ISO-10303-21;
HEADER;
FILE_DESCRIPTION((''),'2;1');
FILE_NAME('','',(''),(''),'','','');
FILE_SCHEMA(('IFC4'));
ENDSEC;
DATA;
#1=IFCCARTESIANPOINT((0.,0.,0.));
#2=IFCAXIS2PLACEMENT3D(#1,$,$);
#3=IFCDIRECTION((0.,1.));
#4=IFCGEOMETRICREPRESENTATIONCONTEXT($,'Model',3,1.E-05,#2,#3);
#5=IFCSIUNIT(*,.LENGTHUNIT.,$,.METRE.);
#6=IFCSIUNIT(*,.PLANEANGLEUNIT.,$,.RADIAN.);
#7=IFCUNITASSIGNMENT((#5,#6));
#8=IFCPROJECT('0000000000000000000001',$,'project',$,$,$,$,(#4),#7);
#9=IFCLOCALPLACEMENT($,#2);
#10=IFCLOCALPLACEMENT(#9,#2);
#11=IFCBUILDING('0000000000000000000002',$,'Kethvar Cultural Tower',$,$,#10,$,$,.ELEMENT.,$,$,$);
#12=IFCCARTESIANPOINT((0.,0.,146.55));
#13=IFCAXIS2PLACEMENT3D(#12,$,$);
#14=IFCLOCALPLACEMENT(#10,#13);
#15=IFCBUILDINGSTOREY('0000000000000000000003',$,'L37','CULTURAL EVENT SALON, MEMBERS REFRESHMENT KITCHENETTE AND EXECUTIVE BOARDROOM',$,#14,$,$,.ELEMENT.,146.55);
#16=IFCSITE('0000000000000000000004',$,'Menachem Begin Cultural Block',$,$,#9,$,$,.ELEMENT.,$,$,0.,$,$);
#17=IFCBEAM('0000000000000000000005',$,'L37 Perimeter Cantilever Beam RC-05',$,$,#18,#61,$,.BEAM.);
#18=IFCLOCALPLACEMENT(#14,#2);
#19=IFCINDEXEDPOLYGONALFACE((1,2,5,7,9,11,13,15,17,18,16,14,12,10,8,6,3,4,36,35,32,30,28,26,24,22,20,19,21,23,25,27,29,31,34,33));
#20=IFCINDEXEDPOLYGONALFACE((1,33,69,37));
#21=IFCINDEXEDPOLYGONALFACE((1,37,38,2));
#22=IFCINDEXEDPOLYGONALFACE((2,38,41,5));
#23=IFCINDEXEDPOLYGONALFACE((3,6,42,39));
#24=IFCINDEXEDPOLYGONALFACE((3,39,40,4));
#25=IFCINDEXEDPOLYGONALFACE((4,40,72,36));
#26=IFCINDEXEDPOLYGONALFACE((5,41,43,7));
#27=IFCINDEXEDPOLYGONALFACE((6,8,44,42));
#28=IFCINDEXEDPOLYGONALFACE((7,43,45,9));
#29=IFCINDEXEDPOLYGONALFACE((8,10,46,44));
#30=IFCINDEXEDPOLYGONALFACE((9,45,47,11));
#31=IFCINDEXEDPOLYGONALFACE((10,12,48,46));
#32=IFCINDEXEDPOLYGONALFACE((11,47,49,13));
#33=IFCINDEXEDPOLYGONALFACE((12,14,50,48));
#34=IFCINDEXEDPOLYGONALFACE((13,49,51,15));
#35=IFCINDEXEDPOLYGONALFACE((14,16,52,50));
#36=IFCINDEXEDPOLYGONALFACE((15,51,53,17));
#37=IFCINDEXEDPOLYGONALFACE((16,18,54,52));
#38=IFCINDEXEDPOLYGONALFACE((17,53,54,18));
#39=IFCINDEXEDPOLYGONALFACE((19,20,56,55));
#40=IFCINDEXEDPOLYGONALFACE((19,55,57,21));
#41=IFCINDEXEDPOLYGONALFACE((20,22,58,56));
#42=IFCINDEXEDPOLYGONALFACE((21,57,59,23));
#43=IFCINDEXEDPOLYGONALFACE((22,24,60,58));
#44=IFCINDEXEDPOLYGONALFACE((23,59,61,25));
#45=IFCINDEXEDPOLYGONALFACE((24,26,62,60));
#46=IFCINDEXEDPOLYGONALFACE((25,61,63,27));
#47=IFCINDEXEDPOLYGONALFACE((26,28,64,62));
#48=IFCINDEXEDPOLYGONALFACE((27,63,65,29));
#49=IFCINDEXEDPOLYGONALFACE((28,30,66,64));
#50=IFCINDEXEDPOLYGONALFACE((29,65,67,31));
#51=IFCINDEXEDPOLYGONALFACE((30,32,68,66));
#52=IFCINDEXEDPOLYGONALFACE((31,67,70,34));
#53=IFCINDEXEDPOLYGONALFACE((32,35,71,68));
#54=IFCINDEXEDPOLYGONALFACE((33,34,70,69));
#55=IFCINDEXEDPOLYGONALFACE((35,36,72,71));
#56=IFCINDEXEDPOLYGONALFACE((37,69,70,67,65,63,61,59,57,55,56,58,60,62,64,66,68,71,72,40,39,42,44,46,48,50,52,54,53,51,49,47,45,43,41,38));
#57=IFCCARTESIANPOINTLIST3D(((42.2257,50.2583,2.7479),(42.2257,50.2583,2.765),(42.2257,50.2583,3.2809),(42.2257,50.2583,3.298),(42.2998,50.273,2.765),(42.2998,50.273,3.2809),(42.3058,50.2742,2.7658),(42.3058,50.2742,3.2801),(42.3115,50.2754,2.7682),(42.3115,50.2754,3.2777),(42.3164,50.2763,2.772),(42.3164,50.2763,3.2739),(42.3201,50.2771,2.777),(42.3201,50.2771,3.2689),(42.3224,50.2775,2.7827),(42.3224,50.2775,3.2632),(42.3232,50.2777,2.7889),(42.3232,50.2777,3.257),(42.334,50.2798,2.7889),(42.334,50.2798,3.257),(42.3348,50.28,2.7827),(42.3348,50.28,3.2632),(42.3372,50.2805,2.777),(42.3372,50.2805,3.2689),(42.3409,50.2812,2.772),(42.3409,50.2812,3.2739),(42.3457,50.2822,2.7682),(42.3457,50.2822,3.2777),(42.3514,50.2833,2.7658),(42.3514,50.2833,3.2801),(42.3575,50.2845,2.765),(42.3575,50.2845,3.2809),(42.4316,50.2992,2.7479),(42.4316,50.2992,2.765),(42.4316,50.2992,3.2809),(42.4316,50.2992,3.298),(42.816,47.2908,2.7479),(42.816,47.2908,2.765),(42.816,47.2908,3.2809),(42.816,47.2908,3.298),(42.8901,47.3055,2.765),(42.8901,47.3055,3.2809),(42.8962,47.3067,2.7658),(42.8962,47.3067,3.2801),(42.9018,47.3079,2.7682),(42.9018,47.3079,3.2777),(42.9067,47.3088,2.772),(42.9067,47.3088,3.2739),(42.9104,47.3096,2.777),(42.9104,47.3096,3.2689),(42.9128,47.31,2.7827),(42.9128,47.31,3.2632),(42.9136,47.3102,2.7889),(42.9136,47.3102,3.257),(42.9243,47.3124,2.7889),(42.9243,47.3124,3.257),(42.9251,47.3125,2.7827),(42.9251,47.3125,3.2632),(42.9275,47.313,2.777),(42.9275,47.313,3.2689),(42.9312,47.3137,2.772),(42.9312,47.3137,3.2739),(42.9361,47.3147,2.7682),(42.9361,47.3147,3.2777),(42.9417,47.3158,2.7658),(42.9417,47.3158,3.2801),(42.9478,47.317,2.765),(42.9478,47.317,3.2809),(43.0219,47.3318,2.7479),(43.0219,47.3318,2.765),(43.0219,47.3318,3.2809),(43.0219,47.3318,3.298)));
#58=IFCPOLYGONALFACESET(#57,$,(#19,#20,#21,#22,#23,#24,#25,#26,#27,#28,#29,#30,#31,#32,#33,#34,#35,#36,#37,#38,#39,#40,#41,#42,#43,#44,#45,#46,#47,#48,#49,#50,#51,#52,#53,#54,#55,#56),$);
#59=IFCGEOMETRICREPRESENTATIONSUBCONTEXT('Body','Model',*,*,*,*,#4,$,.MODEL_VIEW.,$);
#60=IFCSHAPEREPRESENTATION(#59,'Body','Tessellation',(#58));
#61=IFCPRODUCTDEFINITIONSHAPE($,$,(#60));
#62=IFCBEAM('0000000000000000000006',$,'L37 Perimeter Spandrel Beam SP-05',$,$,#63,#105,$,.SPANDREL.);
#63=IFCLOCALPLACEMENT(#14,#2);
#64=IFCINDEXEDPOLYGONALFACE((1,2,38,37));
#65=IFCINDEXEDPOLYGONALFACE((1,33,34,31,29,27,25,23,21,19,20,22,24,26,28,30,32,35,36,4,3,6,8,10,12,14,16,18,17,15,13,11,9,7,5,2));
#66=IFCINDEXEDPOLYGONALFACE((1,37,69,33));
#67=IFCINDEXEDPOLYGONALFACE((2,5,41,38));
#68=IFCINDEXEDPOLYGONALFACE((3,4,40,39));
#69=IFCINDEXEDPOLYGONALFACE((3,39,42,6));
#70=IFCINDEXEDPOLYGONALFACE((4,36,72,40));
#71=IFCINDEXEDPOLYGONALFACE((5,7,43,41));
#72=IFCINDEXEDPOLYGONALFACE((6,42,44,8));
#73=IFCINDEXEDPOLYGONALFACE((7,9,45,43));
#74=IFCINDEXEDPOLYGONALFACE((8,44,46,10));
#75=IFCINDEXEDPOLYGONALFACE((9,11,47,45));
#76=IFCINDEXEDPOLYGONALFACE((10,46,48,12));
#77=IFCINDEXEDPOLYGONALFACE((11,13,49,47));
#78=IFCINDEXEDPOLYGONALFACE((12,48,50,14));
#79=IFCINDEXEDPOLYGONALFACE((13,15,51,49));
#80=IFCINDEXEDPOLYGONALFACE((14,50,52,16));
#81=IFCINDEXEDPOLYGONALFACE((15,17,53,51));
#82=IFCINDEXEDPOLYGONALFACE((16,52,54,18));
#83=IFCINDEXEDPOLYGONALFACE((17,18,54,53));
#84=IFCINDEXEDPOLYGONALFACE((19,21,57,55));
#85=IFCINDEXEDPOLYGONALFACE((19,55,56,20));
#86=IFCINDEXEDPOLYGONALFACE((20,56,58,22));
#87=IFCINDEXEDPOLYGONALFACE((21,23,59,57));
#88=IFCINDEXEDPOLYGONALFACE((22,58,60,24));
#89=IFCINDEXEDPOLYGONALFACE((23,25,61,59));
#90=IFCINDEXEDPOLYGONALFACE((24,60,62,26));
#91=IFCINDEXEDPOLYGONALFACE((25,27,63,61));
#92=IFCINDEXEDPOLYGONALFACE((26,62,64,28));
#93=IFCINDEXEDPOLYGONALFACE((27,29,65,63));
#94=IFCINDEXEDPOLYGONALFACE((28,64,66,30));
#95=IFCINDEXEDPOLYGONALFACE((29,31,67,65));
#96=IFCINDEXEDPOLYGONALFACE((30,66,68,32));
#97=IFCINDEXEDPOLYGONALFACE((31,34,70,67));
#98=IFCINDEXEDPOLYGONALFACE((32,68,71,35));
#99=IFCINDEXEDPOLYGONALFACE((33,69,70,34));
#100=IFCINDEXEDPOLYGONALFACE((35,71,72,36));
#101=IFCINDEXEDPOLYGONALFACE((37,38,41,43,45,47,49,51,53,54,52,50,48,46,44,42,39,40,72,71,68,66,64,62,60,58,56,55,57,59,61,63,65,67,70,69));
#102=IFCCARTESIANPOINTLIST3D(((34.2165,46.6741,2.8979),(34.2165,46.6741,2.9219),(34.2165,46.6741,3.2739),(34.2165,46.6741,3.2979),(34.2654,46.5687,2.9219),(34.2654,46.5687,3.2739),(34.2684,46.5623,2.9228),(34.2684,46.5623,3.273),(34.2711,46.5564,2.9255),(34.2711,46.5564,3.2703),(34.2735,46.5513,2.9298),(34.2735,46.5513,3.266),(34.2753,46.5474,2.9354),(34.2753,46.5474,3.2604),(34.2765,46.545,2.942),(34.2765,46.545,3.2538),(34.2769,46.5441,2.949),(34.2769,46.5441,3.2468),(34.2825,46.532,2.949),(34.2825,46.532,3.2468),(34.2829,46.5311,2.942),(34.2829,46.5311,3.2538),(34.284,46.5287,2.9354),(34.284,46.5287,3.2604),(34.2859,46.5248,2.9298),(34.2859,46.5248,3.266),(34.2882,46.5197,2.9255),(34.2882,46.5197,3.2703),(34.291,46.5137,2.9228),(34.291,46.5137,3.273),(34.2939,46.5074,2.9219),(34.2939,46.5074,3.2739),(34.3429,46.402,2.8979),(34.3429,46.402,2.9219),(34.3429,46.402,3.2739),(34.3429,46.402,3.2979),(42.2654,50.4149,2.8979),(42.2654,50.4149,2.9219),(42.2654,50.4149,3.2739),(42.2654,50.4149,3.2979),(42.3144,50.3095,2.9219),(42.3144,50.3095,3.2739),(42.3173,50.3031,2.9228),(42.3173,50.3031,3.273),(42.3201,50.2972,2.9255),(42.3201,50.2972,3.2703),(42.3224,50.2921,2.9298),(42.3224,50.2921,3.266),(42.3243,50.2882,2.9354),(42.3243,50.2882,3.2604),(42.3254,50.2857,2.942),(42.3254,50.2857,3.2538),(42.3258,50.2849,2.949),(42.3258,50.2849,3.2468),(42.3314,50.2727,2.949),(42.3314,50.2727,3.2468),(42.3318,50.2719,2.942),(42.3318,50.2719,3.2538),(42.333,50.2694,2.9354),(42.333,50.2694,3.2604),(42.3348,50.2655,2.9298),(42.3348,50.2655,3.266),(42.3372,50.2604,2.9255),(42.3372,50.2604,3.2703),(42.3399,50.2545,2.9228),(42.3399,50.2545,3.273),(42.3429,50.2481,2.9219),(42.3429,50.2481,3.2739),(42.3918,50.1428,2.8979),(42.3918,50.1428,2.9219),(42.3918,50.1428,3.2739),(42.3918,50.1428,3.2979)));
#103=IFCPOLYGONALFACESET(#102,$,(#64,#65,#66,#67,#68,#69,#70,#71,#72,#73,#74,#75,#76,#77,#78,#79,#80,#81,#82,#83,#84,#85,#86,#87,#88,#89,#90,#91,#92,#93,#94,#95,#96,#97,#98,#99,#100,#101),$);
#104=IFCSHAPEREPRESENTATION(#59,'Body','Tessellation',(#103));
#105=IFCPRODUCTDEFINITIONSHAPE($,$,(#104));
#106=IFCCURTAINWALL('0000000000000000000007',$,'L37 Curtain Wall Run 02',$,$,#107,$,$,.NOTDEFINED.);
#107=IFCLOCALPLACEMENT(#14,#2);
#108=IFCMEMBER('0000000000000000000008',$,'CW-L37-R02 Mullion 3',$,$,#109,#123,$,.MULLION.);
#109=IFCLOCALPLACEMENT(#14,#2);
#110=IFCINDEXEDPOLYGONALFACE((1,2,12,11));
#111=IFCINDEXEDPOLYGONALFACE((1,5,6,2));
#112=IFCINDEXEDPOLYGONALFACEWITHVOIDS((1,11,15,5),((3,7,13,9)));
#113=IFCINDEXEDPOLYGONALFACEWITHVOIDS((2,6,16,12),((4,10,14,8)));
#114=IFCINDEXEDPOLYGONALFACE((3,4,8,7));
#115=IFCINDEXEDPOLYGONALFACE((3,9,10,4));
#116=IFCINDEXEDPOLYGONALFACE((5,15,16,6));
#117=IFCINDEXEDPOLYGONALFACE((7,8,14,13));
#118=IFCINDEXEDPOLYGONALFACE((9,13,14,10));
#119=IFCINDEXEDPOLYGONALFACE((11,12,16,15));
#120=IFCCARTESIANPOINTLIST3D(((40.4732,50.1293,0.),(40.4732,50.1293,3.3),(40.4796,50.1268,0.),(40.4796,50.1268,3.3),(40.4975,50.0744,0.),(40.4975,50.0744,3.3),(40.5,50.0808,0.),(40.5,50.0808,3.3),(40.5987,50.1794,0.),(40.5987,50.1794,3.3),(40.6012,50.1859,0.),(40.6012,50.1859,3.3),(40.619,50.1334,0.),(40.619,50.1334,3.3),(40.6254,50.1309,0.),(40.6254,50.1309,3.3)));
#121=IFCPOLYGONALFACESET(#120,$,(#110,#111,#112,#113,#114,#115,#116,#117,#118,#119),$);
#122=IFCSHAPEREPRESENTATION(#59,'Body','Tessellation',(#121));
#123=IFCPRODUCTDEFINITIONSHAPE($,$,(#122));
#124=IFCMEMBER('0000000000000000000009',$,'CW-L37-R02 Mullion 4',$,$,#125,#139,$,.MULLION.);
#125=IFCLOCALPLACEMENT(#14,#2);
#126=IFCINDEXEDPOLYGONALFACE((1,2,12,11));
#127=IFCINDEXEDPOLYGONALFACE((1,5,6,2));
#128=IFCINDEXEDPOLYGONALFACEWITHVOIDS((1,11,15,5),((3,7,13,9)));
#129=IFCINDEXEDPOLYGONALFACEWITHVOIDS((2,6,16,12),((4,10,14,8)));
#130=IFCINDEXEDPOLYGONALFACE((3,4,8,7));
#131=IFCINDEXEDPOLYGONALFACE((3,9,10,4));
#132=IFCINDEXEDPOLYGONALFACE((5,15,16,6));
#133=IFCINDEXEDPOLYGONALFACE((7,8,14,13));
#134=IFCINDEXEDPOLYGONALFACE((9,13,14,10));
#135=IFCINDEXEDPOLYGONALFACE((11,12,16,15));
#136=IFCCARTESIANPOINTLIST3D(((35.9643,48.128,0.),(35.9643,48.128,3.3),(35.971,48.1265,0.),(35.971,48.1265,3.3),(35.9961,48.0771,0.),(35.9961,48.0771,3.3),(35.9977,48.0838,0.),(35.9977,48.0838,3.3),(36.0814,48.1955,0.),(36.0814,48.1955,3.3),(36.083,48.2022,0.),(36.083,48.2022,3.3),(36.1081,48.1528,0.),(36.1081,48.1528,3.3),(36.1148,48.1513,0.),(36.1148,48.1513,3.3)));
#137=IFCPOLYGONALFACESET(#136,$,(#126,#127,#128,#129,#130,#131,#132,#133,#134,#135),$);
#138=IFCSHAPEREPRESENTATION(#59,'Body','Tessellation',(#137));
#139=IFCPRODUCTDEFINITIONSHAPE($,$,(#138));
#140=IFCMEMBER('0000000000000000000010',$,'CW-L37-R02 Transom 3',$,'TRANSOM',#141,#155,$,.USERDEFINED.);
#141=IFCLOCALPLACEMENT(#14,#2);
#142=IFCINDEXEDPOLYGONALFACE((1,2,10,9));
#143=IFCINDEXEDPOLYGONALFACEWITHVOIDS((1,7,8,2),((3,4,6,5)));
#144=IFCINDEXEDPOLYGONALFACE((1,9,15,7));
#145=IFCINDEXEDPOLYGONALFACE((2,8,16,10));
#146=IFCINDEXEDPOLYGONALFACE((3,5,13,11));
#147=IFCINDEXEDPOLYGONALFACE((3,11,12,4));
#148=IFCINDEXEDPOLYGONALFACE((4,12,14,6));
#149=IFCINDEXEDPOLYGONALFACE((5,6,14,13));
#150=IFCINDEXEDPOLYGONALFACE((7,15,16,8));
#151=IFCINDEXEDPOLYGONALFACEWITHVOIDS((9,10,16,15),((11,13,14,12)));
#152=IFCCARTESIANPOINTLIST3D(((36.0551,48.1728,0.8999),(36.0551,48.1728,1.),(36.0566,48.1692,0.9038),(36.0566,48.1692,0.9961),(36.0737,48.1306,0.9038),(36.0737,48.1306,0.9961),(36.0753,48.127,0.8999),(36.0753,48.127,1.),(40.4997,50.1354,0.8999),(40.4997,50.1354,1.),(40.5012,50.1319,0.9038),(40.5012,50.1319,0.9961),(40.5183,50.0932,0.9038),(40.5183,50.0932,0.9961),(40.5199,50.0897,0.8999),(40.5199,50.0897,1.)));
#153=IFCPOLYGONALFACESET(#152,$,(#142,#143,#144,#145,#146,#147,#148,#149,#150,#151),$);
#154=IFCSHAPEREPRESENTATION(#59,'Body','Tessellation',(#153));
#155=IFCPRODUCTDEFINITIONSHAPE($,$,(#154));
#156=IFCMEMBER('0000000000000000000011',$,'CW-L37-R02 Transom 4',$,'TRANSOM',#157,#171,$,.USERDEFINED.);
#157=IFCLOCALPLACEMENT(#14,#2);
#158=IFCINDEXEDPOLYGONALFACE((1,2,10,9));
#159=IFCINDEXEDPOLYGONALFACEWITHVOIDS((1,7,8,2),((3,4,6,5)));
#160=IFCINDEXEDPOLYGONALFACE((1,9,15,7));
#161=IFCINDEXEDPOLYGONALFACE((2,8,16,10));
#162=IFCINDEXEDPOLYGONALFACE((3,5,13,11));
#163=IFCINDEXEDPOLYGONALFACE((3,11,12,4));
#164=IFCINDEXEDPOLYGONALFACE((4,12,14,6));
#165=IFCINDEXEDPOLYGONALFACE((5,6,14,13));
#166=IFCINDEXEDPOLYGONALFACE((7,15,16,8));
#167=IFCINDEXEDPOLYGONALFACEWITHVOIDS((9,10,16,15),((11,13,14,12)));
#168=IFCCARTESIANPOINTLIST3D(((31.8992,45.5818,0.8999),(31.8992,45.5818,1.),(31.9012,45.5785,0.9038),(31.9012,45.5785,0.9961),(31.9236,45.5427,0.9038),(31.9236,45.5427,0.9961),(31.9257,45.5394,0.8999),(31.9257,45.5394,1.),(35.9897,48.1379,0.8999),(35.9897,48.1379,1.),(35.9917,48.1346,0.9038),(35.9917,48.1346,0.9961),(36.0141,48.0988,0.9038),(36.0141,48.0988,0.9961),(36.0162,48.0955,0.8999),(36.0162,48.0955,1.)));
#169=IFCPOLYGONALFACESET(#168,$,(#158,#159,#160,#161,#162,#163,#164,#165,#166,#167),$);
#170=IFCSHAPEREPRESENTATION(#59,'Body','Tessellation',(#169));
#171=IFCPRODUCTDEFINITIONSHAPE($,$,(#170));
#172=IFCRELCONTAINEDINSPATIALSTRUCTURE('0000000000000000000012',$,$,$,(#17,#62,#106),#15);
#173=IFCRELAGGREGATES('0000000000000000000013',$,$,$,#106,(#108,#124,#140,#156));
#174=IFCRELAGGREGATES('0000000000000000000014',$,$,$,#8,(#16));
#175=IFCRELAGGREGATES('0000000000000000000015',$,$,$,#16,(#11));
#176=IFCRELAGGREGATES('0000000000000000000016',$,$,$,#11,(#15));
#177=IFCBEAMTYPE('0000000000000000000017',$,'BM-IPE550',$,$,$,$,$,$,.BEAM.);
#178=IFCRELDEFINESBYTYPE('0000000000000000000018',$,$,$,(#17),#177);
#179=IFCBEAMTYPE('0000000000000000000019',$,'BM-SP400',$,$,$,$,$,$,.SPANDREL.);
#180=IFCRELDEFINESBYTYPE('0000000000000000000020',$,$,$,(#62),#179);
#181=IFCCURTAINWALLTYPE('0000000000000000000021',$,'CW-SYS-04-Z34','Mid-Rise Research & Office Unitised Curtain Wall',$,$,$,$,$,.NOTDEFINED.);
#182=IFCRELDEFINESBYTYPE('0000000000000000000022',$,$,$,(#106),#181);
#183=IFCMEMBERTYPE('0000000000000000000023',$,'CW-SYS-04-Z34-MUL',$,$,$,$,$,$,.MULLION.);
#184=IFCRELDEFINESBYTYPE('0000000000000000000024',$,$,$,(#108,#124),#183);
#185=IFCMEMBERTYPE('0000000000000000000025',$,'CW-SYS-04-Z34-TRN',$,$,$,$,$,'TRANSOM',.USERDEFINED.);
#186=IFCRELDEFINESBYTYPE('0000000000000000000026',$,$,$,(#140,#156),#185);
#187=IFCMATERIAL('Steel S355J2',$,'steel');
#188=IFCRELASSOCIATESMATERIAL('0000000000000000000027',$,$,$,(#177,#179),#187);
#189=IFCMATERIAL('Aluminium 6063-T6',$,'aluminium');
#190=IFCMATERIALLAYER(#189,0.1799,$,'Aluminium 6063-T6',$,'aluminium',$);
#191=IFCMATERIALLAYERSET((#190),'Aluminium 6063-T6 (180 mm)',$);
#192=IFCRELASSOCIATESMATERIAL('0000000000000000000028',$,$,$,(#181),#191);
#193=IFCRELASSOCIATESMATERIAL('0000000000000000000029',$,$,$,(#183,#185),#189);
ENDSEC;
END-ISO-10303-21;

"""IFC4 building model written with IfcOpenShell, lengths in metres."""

from ifc_helpers import new_model, si_unit, direction, frame, origin, origin_2d, place, context, subcontext, project, spatial, hollow_rectangle, i_section, extrude, source, transform, mapped, material, layer, layer_set, material_profile, profile_set, type_object, element, aggregate, save


model = new_model("IFC4")

# Units and contexts
model_context = context("Model", 3, precision=1e-05, world=origin(), true_north=direction((0.0, 1.0)))
body_context = subcontext(model_context, "Body", "Model", "MODEL_VIEW")
ifc_project = project(units=[si_unit("LENGTHUNIT", "METRE"), si_unit("PLANEANGLEUNIT", "RADIAN")], contexts=[model_context])

# Site, building, storey
site_placement = place(None, origin())
site = spatial("IfcSite", under=ifc_project, at=site_placement, Name="Menachem Begin Cultural Block", CompositionType="ELEMENT", RefElevation=0.0)
building_placement = place(site_placement, origin())
building = spatial("IfcBuilding", under=site, at=building_placement, Name="Kethvar Cultural Tower", CompositionType="ELEMENT")
storey_placement = place(building_placement, frame((0.0, 0.0, 146.55)))
storey = spatial("IfcBuildingStorey", under=building, at=storey_placement, Name="L37", Description="CULTURAL EVENT SALON, MEMBERS REFRESHMENT KITCHENETTE AND EXECUTIVE BOARDROOM", CompositionType="ELEMENT", Elevation=146.55)

# Beams
ifc_material_1 = material(Name="Steel S355J2", Category="steel")
ifc_material_profile_1 = material_profile(ifc_material_1, i_section(OverallWidth=0.21, OverallDepth=0.55, WebThickness=0.011, FlangeThickness=0.0171, FilletRadius=0.0239, at=origin_2d()), Name="Steel S355J2 — IPE550")
ifc_profile_set_1 = profile_set([ifc_material_profile_1], Name="Steel S355J2 — IPE550")
beam_type_1 = type_object("IfcBeamType", Name="BM-IPE550", PredefinedType="BEAM", material=ifc_profile_set_1)
shared_shape_1 = source(origin(), body_context, "Body", "SweptSolid", [
    extrude(i_section(OverallWidth=0.21, OverallDepth=0.55, WebThickness=0.011, FlangeThickness=0.0171, FilletRadius=0.0239, at=origin_2d()), origin(), (0.0, 0.0, 1.0), 3.0256),
])
beam_1_placement = place(storey_placement, frame((42.9189, 47.3113, 3.0229), z_axis=(-0.195107, 0.980782, 0.0), x_axis=(-0.980782, -0.195107, 0.0)))
element("IfcBeam", 1, at=beam_1_placement, inside=storey, type_object=beam_type_1, Name="L37 Perimeter Cantilever Beam RC-05", PredefinedType="BEAM", context=body_context, shape_type="MappedRepresentation", body=[
    mapped(shared_shape_1, transform((0.0, 0.0, 0.0), scale=1.0)),
])
ifc_material_profile_2 = material_profile(ifc_material_1, i_section(OverallWidth=0.3, OverallDepth=0.3999, WebThickness=0.0134, FlangeThickness=0.0239, FilletRadius=0.0271, at=origin_2d()), Name="Steel S355J2 — HEB400")
ifc_profile_set_2 = profile_set([ifc_material_profile_2], Name="Steel S355J2 — HEB400")
beam_type_2 = type_object("IfcBeamType", Name="BM-SP400", PredefinedType="SPANDREL", material=ifc_profile_set_2)
shared_shape_2 = source(origin(), body_context, "Body", "SweptSolid", [
    extrude(i_section(OverallWidth=0.3, OverallDepth=0.3999, WebThickness=0.0134, FlangeThickness=0.0239, FilletRadius=0.0271, at=origin_2d()), origin(), (0.0, 0.0, 1.0), 8.8757),
])
beam_2_placement = place(storey_placement, frame((42.3286, 50.2788, 3.0979), z_axis=(-0.906847, -0.42146, 0.0), x_axis=(0.42146, -0.906847, 0.0)))
element("IfcBeam", 2, at=beam_2_placement, inside=storey, type_object=beam_type_2, Name="L37 Perimeter Spandrel Beam SP-05", PredefinedType="SPANDREL", context=body_context, shape_type="MappedRepresentation", body=[
    mapped(shared_shape_2, transform((0.0, 0.0, 0.0), scale=1.0)),
])

# Curtain wall, members
ifc_material_2 = material(Name="Aluminium 6063-T6", Category="aluminium")
ifc_layer_1 = layer(ifc_material_2, 0.1799, Name="Aluminium 6063-T6", Category="aluminium")
ifc_layer_set_1 = layer_set([ifc_layer_1], Name="Aluminium 6063-T6 (180 mm)")
curtain_wall_type = type_object("IfcCurtainWallType", Name="CW-SYS-04-Z34", Description="Mid-Rise Research & Office Unitised Curtain Wall", PredefinedType="NOTDEFINED", material=ifc_layer_set_1)
curtain_wall_placement = place(storey_placement, origin())
curtain_wall = element("IfcCurtainWall", 3, at=curtain_wall_placement, inside=storey, type_object=curtain_wall_type, Name="L37 Curtain Wall Run 02", PredefinedType="NOTDEFINED")
ifc_material_profile_3 = material_profile(ifc_material_2, hollow_rectangle(XDim=0.0601, YDim=0.1399, WallThickness=0.0049, at=origin_2d()), Name="Aluminium 6063-T6 — RHS140x60x5")
ifc_profile_set_3 = profile_set([ifc_material_profile_3], Name="Aluminium 6063-T6 — RHS140x60x5")
member_type_1 = type_object("IfcMemberType", Name="CW-SYS-04-Z34-MUL", PredefinedType="MULLION", material=ifc_profile_set_3)
shared_shape_3 = source(origin(), body_context, "Body", "SweptSolid", [
    extrude(hollow_rectangle(XDim=0.0601, YDim=0.1399, WallThickness=0.0049, at=origin_2d()), origin(), (0.0, 0.0, 1.0), 3.3),
])
member_1_placement = place(storey_placement, frame((40.5493, 50.1301, 0.0), z_axis=(0.0, 0.0, 1.0), x_axis=(0.403976, -0.914769, 0.0)))
member_1 = element("IfcMember", 4, at=member_1_placement, type_object=member_type_1, Name="CW-L37-R02 Mullion 3", PredefinedType="MULLION", context=body_context, shape_type="MappedRepresentation", body=[
    mapped(shared_shape_3, transform((0.0, 0.0, 0.0), scale=1.0)),
])
member_2_placement = place(storey_placement, frame((36.0396, 48.1396, 0.0), z_axis=(0.0, 0.0, 1.0), x_axis=(0.529949, -0.84803, 0.0)))
member_2 = element("IfcMember", 5, at=member_2_placement, type_object=member_type_1, Name="CW-L37-R02 Mullion 4", PredefinedType="MULLION", context=body_context, shape_type="MappedRepresentation", body=[
    mapped(shared_shape_3, transform((0.0, 0.0, 0.0), scale=1.0)),
])
ifc_material_profile_4 = material_profile(ifc_material_2, hollow_rectangle(XDim=0.05, YDim=0.1001, WallThickness=0.0039, at=origin_2d()), Name="Aluminium 6063-T6 — RHS100x50x4")
ifc_profile_set_4 = profile_set([ifc_material_profile_4], Name="Aluminium 6063-T6 — RHS100x50x4")
member_type_2 = type_object("IfcMemberType", Name="CW-SYS-04-Z34-TRN", ElementType="TRANSOM", PredefinedType="USERDEFINED", material=ifc_profile_set_4)
shared_shape_4 = source(origin(), body_context, "Body", "SweptSolid", [
    extrude(hollow_rectangle(XDim=0.05, YDim=0.1001, WallThickness=0.0039, at=origin_2d()), origin(), (0.0, 0.0, 1.0), 4.8586),
])
member_3_placement = place(storey_placement, frame((40.5098, 50.1125, 0.95), z_axis=(-0.914781, -0.403951, 0.0), x_axis=(0.403951, -0.914781, 0.0)))
member_3 = element("IfcMember", 6, at=member_3_placement, type_object=member_type_2, Name="CW-L37-R02 Transom 3", ObjectType="TRANSOM", PredefinedType="USERDEFINED", context=body_context, shape_type="MappedRepresentation", body=[
    mapped(shared_shape_4, transform((0.0, 0.0, 0.0), scale=1.0)),
])
shared_shape_5 = source(origin(), body_context, "Body", "SweptSolid", [
    extrude(hollow_rectangle(XDim=0.05, YDim=0.1001, WallThickness=0.0039, at=origin_2d()), origin(), (0.0, 0.0, 1.0), 4.8235),
])
member_4_placement = place(storey_placement, frame((36.0029, 48.1167, 0.95), z_axis=(-0.848041, -0.529931, 0.0), x_axis=(0.529931, -0.848041, 0.0)))
member_4 = element("IfcMember", 7, at=member_4_placement, type_object=member_type_2, Name="CW-L37-R02 Transom 4", ObjectType="TRANSOM", PredefinedType="USERDEFINED", context=body_context, shape_type="MappedRepresentation", body=[
    mapped(shared_shape_5, transform((0.0, 0.0, 0.0), scale=1.0)),
])
aggregate(curtain_wall, [member_1, member_2, member_3, member_4])

save(model, "model.ifc")
